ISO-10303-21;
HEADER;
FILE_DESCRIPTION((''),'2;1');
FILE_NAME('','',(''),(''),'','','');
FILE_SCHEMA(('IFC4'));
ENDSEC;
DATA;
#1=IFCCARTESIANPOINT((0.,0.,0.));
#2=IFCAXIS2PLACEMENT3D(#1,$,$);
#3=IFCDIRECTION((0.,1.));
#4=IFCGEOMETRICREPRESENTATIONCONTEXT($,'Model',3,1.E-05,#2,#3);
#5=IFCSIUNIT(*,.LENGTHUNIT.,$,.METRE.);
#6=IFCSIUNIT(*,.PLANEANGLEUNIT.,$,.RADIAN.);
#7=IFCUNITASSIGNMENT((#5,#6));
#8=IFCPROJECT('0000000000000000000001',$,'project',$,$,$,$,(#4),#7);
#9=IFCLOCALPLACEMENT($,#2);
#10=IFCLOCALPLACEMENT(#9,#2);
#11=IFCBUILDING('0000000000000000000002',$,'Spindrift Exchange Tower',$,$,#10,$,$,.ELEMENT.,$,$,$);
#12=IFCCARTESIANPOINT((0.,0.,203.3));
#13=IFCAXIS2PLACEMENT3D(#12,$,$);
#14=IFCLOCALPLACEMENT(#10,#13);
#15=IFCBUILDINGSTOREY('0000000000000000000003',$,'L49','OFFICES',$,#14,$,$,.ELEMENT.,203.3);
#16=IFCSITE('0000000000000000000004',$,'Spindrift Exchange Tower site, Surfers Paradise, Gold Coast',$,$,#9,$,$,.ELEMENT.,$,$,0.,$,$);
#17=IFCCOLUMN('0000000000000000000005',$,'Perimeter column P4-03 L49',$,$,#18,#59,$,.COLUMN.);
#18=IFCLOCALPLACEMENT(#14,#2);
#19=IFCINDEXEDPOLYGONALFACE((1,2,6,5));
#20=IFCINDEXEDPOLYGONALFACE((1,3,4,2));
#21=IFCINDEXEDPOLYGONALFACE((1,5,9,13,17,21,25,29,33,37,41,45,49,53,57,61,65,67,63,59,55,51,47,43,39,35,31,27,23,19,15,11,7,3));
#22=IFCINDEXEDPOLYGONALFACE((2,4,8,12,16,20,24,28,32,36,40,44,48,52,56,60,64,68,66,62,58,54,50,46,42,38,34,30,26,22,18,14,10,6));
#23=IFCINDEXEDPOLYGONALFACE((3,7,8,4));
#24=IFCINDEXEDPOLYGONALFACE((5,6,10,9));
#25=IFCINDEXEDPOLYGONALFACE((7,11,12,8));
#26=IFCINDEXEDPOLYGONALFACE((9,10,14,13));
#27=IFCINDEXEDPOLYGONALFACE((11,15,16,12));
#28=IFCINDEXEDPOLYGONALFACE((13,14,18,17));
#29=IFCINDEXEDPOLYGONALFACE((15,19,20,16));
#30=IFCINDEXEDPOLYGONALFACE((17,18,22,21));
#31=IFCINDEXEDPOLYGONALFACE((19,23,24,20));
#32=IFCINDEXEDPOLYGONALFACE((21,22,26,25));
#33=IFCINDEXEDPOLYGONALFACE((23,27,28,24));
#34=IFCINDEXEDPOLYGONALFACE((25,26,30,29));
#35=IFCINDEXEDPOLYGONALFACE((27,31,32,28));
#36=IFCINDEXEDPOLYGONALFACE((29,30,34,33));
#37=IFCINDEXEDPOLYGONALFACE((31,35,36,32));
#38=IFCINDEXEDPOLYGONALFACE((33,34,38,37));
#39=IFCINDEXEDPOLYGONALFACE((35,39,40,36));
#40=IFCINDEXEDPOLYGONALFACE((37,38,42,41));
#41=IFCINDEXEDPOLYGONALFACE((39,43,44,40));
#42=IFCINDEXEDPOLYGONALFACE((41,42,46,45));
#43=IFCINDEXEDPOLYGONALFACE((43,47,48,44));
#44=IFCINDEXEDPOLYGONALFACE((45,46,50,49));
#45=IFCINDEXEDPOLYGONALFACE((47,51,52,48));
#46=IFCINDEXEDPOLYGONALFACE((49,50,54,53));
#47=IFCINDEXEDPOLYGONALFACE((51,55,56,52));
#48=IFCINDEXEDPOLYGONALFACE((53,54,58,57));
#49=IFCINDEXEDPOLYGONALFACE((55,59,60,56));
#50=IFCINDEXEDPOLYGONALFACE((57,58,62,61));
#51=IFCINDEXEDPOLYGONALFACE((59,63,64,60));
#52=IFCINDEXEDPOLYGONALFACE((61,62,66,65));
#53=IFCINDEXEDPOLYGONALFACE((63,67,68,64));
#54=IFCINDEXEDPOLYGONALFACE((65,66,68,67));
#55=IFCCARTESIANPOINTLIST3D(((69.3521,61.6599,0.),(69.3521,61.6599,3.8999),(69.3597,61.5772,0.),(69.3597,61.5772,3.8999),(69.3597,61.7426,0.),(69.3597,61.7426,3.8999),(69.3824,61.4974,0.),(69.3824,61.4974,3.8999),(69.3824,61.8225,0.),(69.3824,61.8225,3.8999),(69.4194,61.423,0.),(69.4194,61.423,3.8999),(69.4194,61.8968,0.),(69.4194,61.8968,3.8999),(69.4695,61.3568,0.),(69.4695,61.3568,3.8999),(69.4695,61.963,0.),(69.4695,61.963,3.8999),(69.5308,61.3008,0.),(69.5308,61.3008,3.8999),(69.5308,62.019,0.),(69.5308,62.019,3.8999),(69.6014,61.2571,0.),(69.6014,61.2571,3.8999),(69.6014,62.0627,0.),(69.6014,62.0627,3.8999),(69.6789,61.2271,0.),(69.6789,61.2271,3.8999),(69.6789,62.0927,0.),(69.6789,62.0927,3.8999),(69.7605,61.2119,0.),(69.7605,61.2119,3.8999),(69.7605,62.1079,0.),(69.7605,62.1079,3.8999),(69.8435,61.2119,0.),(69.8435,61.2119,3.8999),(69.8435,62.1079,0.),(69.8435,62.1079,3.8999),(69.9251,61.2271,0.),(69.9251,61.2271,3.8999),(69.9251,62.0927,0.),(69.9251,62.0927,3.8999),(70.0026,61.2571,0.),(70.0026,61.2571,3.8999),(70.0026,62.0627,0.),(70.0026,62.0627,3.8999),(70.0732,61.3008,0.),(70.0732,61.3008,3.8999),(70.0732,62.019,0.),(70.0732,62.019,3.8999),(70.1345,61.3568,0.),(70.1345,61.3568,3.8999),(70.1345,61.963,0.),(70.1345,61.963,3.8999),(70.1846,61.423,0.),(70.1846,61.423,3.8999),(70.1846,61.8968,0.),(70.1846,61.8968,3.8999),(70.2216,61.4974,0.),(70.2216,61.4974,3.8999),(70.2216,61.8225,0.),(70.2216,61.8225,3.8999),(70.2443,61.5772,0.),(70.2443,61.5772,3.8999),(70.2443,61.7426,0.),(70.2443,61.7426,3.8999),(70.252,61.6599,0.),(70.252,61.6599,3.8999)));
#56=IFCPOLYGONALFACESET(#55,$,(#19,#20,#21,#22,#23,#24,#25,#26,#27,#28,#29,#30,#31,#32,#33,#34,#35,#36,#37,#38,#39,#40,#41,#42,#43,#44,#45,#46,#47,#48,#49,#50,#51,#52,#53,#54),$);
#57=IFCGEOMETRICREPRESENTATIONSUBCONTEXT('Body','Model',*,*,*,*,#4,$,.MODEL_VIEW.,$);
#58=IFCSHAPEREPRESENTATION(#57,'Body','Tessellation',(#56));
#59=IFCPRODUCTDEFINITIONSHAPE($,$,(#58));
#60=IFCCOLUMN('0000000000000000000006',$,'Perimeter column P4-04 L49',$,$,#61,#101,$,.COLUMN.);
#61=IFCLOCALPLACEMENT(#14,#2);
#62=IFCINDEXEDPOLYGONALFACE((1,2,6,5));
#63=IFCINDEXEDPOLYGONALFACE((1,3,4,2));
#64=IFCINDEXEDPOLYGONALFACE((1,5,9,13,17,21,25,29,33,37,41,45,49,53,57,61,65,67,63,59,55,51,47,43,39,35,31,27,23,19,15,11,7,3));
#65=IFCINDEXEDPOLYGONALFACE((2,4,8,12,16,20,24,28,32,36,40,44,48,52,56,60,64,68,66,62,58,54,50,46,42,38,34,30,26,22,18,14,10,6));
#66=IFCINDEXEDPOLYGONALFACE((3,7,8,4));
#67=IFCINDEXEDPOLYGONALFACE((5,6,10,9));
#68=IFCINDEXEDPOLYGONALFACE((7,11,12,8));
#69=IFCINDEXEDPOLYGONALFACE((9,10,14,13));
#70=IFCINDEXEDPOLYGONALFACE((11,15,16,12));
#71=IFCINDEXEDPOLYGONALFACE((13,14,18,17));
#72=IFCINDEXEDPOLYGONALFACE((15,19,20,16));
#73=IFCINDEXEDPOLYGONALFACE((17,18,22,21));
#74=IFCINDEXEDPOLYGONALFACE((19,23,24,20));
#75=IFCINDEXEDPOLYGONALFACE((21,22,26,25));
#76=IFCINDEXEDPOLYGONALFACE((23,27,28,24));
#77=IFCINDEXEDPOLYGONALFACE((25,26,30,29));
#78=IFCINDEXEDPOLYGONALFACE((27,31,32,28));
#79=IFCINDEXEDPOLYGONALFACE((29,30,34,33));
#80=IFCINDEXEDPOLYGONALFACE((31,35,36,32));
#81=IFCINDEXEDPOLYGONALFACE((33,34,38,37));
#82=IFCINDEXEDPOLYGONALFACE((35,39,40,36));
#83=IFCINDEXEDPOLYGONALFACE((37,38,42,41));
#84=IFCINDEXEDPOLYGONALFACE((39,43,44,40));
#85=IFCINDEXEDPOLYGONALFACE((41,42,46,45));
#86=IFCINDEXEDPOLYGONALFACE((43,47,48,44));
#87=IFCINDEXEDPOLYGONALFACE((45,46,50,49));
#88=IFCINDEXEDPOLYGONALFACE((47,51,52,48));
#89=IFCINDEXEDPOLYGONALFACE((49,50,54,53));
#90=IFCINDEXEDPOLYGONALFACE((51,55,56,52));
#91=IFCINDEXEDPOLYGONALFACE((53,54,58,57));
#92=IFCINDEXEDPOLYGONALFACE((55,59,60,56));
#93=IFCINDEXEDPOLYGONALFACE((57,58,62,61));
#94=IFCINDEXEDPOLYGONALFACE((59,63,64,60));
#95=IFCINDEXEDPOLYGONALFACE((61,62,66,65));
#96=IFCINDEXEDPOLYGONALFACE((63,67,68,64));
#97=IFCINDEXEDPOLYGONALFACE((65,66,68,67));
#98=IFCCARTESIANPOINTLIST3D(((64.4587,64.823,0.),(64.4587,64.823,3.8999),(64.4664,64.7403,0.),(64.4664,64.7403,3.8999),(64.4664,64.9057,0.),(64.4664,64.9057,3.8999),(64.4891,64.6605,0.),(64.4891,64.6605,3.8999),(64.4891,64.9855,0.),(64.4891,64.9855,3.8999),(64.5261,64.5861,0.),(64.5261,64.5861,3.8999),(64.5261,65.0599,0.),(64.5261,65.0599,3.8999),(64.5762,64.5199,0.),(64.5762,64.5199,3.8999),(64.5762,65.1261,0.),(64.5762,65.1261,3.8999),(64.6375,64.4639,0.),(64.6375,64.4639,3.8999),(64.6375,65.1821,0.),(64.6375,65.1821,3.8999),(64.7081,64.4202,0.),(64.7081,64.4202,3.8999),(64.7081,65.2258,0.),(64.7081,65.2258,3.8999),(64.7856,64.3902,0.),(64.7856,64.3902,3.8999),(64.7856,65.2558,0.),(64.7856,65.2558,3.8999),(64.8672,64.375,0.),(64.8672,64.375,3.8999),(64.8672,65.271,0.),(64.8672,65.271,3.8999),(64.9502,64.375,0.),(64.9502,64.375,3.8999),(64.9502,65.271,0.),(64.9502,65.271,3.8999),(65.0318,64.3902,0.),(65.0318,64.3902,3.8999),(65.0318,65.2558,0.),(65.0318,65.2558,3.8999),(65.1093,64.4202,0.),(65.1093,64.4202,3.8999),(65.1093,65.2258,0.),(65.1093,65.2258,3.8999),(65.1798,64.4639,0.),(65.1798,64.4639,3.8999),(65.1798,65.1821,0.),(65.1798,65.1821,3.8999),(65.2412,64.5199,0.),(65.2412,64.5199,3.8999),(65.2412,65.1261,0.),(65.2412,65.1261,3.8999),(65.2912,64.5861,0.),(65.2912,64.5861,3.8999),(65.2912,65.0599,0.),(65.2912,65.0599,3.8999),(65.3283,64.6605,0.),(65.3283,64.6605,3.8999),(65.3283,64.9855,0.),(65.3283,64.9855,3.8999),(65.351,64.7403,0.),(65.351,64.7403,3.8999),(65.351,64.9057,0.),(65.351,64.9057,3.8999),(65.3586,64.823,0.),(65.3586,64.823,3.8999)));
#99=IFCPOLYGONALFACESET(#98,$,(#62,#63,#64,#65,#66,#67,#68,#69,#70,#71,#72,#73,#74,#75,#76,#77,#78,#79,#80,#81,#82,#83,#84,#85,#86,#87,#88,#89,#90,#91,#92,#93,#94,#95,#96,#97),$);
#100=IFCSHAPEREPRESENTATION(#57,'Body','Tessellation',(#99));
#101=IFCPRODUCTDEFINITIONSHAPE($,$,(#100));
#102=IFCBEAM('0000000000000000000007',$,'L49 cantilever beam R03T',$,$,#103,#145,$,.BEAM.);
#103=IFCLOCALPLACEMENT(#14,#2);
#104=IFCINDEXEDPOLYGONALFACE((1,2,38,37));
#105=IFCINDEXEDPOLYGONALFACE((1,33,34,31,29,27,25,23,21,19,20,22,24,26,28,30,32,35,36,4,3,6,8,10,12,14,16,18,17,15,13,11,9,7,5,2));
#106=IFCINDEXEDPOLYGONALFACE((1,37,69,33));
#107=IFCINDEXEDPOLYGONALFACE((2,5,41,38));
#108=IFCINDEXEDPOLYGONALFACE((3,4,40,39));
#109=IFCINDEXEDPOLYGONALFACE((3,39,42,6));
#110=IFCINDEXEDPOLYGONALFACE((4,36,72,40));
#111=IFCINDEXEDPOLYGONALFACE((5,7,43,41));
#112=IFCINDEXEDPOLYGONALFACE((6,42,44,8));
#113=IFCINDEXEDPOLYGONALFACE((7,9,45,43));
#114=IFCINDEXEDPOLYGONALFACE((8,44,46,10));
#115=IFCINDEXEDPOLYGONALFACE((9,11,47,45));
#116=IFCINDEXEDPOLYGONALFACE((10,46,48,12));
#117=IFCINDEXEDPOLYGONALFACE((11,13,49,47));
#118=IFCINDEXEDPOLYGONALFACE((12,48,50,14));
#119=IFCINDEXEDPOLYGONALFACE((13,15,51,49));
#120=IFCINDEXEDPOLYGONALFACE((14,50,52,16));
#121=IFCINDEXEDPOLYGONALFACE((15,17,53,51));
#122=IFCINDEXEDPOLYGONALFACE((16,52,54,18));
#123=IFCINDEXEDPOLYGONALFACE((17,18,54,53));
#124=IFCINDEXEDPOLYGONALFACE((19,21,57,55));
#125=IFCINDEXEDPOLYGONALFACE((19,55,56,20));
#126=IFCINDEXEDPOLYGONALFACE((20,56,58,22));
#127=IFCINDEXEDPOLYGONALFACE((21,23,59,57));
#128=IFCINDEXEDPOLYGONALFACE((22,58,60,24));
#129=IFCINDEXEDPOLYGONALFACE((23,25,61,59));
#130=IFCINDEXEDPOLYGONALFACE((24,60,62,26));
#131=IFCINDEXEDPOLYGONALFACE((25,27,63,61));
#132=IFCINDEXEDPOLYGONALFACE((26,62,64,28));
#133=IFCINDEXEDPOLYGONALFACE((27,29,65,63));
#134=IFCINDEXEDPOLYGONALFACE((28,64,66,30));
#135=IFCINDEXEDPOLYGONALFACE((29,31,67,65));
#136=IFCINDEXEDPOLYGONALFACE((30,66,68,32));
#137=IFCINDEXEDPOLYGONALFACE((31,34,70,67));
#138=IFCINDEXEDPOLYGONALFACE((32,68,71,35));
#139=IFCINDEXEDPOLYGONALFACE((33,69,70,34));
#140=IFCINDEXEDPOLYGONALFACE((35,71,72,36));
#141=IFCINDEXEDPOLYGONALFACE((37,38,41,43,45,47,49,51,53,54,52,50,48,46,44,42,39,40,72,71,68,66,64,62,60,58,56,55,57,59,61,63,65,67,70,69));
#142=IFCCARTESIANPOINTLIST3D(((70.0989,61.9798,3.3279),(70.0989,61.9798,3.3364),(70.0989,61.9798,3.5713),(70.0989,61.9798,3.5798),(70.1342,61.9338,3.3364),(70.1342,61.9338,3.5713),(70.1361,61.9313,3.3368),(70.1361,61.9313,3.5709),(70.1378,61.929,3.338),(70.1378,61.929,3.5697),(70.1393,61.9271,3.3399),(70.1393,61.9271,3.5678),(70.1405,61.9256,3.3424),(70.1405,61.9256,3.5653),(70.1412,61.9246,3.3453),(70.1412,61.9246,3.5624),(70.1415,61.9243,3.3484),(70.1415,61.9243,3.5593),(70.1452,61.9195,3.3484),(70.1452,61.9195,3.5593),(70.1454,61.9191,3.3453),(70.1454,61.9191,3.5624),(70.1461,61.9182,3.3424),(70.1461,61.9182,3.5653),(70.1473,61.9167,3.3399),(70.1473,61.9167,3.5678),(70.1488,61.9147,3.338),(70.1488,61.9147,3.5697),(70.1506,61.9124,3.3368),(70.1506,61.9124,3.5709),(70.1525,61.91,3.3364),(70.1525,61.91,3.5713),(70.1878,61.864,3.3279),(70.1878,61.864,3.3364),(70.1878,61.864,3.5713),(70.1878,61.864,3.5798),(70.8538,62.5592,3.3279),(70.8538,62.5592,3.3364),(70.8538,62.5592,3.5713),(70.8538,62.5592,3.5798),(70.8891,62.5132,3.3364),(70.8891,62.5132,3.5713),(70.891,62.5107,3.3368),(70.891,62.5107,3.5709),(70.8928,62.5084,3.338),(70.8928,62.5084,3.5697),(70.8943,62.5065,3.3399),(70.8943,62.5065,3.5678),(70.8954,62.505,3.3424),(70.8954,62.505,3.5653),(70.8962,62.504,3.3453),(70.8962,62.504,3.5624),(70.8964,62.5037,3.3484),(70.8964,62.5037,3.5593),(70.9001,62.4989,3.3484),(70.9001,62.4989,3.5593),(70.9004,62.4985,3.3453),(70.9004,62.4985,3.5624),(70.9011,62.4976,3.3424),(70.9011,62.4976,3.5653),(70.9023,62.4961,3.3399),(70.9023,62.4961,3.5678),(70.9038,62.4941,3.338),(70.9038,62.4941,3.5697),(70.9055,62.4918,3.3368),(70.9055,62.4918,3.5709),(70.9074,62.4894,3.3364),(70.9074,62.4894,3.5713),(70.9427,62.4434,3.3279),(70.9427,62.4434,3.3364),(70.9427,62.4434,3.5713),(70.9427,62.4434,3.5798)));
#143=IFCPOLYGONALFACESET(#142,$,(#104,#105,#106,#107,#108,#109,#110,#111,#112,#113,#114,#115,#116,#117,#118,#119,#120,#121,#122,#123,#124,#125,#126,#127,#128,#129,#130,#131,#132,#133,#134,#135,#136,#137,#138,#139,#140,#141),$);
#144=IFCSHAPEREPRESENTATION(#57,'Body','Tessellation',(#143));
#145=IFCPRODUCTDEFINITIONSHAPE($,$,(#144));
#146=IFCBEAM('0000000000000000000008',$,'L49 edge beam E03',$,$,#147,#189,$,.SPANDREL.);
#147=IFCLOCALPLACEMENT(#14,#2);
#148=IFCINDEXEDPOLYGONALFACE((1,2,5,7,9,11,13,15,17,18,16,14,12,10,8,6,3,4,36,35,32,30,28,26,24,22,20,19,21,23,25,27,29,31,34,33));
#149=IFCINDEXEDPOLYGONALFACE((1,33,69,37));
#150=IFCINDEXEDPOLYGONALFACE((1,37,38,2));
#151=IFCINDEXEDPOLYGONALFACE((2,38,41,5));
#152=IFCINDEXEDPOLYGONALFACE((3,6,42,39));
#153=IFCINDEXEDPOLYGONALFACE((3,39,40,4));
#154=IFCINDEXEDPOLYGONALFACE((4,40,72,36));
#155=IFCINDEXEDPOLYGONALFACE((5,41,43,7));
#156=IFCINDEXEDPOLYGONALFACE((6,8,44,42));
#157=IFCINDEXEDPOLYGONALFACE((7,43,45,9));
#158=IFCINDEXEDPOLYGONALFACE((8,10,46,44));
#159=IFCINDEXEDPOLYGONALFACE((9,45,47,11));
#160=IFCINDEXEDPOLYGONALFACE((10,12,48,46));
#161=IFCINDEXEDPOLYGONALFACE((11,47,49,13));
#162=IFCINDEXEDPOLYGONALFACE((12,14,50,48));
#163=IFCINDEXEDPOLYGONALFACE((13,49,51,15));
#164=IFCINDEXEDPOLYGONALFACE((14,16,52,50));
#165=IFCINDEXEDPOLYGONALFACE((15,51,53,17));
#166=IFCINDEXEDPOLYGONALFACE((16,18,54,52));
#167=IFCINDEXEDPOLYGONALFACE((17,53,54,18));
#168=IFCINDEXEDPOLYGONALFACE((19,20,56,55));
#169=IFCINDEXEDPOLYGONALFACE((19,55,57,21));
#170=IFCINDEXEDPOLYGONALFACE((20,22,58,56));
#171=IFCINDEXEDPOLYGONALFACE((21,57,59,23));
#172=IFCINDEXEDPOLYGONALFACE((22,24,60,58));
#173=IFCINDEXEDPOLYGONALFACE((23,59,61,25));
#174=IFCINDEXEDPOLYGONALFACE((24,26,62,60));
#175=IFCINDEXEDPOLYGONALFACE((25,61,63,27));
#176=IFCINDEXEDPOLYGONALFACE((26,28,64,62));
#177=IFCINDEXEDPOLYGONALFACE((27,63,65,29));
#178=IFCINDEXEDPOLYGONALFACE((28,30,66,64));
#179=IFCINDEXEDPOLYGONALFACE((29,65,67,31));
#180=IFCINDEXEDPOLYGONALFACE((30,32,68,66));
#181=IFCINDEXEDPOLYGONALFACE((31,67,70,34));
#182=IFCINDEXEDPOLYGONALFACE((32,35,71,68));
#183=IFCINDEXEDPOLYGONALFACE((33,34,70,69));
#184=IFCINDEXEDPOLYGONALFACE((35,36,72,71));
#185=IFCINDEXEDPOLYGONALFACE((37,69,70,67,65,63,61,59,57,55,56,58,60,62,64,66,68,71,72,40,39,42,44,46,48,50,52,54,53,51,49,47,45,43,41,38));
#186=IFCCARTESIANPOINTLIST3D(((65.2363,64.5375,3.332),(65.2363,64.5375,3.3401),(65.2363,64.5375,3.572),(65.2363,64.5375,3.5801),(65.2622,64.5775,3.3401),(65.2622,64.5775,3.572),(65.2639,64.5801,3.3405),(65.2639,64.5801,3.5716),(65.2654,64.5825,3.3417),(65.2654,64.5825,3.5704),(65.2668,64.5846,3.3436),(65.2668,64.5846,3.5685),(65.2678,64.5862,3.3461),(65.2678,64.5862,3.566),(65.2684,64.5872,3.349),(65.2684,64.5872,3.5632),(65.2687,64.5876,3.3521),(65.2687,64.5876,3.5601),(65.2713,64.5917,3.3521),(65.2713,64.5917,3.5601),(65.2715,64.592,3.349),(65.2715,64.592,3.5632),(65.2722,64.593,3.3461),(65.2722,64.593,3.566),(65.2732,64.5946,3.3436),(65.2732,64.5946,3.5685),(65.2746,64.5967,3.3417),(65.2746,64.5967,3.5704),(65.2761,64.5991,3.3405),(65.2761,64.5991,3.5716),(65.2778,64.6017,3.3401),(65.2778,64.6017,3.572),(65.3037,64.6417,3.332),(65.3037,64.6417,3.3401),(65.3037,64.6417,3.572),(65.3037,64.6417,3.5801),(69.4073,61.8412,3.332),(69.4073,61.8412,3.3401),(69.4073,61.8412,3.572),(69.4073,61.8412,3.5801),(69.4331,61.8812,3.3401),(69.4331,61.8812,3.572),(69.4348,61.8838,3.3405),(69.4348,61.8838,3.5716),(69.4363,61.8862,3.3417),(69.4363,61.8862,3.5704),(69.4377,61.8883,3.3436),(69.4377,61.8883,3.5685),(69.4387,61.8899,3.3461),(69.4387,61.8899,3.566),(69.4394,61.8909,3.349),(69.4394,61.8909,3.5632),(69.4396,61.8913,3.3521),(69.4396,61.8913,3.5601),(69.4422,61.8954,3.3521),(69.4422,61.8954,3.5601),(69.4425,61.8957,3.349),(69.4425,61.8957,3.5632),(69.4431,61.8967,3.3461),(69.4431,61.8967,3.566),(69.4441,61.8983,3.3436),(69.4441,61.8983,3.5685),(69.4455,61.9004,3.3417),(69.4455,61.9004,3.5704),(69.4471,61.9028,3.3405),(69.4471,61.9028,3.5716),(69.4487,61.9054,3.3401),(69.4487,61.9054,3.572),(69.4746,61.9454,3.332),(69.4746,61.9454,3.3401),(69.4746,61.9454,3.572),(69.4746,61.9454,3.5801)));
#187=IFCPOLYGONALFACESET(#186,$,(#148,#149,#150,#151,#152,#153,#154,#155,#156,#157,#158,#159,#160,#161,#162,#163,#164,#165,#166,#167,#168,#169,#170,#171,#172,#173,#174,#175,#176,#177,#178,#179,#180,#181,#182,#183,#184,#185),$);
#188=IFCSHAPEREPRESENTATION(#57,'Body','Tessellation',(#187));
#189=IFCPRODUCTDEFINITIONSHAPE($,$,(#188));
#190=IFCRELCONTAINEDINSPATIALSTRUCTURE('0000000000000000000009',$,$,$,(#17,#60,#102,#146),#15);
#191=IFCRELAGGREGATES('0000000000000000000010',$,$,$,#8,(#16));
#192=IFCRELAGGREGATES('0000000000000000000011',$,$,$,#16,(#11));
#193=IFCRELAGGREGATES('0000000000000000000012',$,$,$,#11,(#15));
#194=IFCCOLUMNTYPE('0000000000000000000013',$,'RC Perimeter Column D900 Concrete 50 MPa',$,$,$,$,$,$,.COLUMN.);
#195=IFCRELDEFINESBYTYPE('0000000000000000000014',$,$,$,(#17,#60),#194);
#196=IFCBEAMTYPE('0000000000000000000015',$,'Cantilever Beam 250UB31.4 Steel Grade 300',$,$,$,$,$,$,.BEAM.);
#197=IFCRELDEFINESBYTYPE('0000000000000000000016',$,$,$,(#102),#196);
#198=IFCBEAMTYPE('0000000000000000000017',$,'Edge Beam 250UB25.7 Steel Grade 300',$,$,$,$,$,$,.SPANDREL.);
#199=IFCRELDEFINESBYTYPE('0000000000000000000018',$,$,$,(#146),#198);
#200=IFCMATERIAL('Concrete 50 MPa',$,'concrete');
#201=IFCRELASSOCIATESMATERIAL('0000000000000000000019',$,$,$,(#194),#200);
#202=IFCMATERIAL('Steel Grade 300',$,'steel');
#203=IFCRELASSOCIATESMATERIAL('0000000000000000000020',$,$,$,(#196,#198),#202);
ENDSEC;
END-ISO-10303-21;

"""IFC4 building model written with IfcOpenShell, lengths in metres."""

from ifc_helpers import new_model, si_unit, direction, frame, origin, origin_2d, place, context, subcontext, project, spatial, circle, i_section, extrude, source, transform, mapped, material, material_profile, profile_set, type_object, element, save


model = new_model("IFC4")

# Units and contexts
model_context = context("Model", 3, precision=1e-05, world=origin(), true_north=direction((0.0, 1.0)))
body_context = subcontext(model_context, "Body", "Model", "MODEL_VIEW")
ifc_project = project(units=[si_unit("LENGTHUNIT", "METRE"), si_unit("PLANEANGLEUNIT", "RADIAN")], contexts=[model_context])

# Site, building, storey
site_placement = place(None, origin())
site = spatial("IfcSite", under=ifc_project, at=site_placement, Name="Spindrift Exchange Tower site, Surfers Paradise, Gold Coast", CompositionType="ELEMENT", RefElevation=0.0)
building_placement = place(site_placement, origin())
building = spatial("IfcBuilding", under=site, at=building_placement, Name="Spindrift Exchange Tower", CompositionType="ELEMENT")
storey_placement = place(building_placement, frame((0.0, 0.0, 203.3)))
storey = spatial("IfcBuildingStorey", under=building, at=storey_placement, Name="L49", Description="OFFICES", CompositionType="ELEMENT", Elevation=203.3)

# Columns
ifc_material_1 = material(Name="Concrete 50 MPa", Category="concrete")
ifc_material_profile_1 = material_profile(ifc_material_1, circle(Radius=0.45, at=origin_2d()), Name="RC D900")
ifc_profile_set_1 = profile_set([ifc_material_profile_1], Name="Concrete 50 MPa")
column_type = type_object("IfcColumnType", Name="RC Perimeter Column D900 Concrete 50 MPa", PredefinedType="COLUMN", material=ifc_profile_set_1)
shared_shape_1 = source(origin(), body_context, "Body", "SweptSolid", [
    extrude(circle(Radius=0.45, at=origin_2d()), origin(), (0.0, 0.0, 1.0), 3.8999),
])
for number, where, z_axis, x_axis, name in (
    (1, (69.802, 61.6599, 0.0), (0.0, 0.0, 1.0), (1.0, 0.0, 0.0), "Perimeter column P4-03 L49"),
    (2, (64.9087, 64.823, 0.0), (0.0, 0.0, 1.0), (1.0, 0.0, 0.0), "Perimeter column P4-04 L49"),
):
    element("IfcColumn", number, at=place(storey_placement, frame(where, z_axis=z_axis, x_axis=x_axis)), inside=storey, type_object=column_type, Name=name, PredefinedType="COLUMN", context=body_context, shape_type="MappedRepresentation", body=[
        mapped(shared_shape_1, transform((0.0, 0.0, 0.0), scale=1.0)),
    ])

# Beams
ifc_material_2 = material(Name="Steel Grade 300", Category="steel")
ifc_material_profile_2 = material_profile(ifc_material_2, i_section(OverallWidth=0.146, OverallDepth=0.252, WebThickness=0.0061, FlangeThickness=0.0085, FilletRadius=0.012, at=origin_2d()), Name="250UB31.4")
ifc_profile_set_2 = profile_set([ifc_material_profile_2], Name="Steel Grade 300")
beam_type_1 = type_object("IfcBeamType", Name="Cantilever Beam 250UB31.4 Steel Grade 300", PredefinedType="BEAM", material=ifc_profile_set_2)
shared_shape_2 = source(origin(), body_context, "Body", "SweptSolid", [
    extrude(i_section(OverallWidth=0.146, OverallDepth=0.252, WebThickness=0.0061, FlangeThickness=0.0085, FilletRadius=0.012, at=origin_2d()), origin(), (0.0, 0.0, 1.0), 0.9517),
])
beam_1_placement = place(storey_placement, frame((70.1433, 61.9219, 3.4539), z_axis=(0.793301, 0.60883, 0.0), x_axis=(-0.60883, 0.793301, 0.0)))
element("IfcBeam", 3, at=beam_1_placement, inside=storey, type_object=beam_type_1, Name="L49 cantilever beam R03T", PredefinedType="BEAM", context=body_context, shape_type="MappedRepresentation", body=[
    mapped(shared_shape_2, transform((0.0, 0.0, 0.0), scale=1.0)),
])
ifc_material_profile_3 = material_profile(ifc_material_2, i_section(OverallWidth=0.124, OverallDepth=0.248, WebThickness=0.0049, FlangeThickness=0.0081, FilletRadius=0.012, at=origin_2d()), Name="250UB25.7")
ifc_profile_set_3 = profile_set([ifc_material_profile_3], Name="Steel Grade 300")
beam_type_2 = type_object("IfcBeamType", Name="Edge Beam 250UB25.7 Steel Grade 300", PredefinedType="SPANDREL", material=ifc_profile_set_3)
shared_shape_3 = source(origin(), body_context, "Body", "SweptSolid", [
    extrude(i_section(OverallWidth=0.124, OverallDepth=0.248, WebThickness=0.0049, FlangeThickness=0.0081, FilletRadius=0.012, at=origin_2d()), origin(), (0.0, 0.0, 1.0), 4.9666),
])
beam_2_placement = place(storey_placement, frame((69.4409, 61.8933, 3.4561), z_axis=(-0.839802, 0.542893, 0.0), x_axis=(-0.542893, -0.839802, 0.0)))
element("IfcBeam", 4, at=beam_2_placement, inside=storey, type_object=beam_type_2, Name="L49 edge beam E03", PredefinedType="SPANDREL", context=body_context, shape_type="MappedRepresentation", body=[
    mapped(shared_shape_3, transform((0.0, 0.0, 0.0), scale=1.0)),
])

save(model, "model.ifc")
